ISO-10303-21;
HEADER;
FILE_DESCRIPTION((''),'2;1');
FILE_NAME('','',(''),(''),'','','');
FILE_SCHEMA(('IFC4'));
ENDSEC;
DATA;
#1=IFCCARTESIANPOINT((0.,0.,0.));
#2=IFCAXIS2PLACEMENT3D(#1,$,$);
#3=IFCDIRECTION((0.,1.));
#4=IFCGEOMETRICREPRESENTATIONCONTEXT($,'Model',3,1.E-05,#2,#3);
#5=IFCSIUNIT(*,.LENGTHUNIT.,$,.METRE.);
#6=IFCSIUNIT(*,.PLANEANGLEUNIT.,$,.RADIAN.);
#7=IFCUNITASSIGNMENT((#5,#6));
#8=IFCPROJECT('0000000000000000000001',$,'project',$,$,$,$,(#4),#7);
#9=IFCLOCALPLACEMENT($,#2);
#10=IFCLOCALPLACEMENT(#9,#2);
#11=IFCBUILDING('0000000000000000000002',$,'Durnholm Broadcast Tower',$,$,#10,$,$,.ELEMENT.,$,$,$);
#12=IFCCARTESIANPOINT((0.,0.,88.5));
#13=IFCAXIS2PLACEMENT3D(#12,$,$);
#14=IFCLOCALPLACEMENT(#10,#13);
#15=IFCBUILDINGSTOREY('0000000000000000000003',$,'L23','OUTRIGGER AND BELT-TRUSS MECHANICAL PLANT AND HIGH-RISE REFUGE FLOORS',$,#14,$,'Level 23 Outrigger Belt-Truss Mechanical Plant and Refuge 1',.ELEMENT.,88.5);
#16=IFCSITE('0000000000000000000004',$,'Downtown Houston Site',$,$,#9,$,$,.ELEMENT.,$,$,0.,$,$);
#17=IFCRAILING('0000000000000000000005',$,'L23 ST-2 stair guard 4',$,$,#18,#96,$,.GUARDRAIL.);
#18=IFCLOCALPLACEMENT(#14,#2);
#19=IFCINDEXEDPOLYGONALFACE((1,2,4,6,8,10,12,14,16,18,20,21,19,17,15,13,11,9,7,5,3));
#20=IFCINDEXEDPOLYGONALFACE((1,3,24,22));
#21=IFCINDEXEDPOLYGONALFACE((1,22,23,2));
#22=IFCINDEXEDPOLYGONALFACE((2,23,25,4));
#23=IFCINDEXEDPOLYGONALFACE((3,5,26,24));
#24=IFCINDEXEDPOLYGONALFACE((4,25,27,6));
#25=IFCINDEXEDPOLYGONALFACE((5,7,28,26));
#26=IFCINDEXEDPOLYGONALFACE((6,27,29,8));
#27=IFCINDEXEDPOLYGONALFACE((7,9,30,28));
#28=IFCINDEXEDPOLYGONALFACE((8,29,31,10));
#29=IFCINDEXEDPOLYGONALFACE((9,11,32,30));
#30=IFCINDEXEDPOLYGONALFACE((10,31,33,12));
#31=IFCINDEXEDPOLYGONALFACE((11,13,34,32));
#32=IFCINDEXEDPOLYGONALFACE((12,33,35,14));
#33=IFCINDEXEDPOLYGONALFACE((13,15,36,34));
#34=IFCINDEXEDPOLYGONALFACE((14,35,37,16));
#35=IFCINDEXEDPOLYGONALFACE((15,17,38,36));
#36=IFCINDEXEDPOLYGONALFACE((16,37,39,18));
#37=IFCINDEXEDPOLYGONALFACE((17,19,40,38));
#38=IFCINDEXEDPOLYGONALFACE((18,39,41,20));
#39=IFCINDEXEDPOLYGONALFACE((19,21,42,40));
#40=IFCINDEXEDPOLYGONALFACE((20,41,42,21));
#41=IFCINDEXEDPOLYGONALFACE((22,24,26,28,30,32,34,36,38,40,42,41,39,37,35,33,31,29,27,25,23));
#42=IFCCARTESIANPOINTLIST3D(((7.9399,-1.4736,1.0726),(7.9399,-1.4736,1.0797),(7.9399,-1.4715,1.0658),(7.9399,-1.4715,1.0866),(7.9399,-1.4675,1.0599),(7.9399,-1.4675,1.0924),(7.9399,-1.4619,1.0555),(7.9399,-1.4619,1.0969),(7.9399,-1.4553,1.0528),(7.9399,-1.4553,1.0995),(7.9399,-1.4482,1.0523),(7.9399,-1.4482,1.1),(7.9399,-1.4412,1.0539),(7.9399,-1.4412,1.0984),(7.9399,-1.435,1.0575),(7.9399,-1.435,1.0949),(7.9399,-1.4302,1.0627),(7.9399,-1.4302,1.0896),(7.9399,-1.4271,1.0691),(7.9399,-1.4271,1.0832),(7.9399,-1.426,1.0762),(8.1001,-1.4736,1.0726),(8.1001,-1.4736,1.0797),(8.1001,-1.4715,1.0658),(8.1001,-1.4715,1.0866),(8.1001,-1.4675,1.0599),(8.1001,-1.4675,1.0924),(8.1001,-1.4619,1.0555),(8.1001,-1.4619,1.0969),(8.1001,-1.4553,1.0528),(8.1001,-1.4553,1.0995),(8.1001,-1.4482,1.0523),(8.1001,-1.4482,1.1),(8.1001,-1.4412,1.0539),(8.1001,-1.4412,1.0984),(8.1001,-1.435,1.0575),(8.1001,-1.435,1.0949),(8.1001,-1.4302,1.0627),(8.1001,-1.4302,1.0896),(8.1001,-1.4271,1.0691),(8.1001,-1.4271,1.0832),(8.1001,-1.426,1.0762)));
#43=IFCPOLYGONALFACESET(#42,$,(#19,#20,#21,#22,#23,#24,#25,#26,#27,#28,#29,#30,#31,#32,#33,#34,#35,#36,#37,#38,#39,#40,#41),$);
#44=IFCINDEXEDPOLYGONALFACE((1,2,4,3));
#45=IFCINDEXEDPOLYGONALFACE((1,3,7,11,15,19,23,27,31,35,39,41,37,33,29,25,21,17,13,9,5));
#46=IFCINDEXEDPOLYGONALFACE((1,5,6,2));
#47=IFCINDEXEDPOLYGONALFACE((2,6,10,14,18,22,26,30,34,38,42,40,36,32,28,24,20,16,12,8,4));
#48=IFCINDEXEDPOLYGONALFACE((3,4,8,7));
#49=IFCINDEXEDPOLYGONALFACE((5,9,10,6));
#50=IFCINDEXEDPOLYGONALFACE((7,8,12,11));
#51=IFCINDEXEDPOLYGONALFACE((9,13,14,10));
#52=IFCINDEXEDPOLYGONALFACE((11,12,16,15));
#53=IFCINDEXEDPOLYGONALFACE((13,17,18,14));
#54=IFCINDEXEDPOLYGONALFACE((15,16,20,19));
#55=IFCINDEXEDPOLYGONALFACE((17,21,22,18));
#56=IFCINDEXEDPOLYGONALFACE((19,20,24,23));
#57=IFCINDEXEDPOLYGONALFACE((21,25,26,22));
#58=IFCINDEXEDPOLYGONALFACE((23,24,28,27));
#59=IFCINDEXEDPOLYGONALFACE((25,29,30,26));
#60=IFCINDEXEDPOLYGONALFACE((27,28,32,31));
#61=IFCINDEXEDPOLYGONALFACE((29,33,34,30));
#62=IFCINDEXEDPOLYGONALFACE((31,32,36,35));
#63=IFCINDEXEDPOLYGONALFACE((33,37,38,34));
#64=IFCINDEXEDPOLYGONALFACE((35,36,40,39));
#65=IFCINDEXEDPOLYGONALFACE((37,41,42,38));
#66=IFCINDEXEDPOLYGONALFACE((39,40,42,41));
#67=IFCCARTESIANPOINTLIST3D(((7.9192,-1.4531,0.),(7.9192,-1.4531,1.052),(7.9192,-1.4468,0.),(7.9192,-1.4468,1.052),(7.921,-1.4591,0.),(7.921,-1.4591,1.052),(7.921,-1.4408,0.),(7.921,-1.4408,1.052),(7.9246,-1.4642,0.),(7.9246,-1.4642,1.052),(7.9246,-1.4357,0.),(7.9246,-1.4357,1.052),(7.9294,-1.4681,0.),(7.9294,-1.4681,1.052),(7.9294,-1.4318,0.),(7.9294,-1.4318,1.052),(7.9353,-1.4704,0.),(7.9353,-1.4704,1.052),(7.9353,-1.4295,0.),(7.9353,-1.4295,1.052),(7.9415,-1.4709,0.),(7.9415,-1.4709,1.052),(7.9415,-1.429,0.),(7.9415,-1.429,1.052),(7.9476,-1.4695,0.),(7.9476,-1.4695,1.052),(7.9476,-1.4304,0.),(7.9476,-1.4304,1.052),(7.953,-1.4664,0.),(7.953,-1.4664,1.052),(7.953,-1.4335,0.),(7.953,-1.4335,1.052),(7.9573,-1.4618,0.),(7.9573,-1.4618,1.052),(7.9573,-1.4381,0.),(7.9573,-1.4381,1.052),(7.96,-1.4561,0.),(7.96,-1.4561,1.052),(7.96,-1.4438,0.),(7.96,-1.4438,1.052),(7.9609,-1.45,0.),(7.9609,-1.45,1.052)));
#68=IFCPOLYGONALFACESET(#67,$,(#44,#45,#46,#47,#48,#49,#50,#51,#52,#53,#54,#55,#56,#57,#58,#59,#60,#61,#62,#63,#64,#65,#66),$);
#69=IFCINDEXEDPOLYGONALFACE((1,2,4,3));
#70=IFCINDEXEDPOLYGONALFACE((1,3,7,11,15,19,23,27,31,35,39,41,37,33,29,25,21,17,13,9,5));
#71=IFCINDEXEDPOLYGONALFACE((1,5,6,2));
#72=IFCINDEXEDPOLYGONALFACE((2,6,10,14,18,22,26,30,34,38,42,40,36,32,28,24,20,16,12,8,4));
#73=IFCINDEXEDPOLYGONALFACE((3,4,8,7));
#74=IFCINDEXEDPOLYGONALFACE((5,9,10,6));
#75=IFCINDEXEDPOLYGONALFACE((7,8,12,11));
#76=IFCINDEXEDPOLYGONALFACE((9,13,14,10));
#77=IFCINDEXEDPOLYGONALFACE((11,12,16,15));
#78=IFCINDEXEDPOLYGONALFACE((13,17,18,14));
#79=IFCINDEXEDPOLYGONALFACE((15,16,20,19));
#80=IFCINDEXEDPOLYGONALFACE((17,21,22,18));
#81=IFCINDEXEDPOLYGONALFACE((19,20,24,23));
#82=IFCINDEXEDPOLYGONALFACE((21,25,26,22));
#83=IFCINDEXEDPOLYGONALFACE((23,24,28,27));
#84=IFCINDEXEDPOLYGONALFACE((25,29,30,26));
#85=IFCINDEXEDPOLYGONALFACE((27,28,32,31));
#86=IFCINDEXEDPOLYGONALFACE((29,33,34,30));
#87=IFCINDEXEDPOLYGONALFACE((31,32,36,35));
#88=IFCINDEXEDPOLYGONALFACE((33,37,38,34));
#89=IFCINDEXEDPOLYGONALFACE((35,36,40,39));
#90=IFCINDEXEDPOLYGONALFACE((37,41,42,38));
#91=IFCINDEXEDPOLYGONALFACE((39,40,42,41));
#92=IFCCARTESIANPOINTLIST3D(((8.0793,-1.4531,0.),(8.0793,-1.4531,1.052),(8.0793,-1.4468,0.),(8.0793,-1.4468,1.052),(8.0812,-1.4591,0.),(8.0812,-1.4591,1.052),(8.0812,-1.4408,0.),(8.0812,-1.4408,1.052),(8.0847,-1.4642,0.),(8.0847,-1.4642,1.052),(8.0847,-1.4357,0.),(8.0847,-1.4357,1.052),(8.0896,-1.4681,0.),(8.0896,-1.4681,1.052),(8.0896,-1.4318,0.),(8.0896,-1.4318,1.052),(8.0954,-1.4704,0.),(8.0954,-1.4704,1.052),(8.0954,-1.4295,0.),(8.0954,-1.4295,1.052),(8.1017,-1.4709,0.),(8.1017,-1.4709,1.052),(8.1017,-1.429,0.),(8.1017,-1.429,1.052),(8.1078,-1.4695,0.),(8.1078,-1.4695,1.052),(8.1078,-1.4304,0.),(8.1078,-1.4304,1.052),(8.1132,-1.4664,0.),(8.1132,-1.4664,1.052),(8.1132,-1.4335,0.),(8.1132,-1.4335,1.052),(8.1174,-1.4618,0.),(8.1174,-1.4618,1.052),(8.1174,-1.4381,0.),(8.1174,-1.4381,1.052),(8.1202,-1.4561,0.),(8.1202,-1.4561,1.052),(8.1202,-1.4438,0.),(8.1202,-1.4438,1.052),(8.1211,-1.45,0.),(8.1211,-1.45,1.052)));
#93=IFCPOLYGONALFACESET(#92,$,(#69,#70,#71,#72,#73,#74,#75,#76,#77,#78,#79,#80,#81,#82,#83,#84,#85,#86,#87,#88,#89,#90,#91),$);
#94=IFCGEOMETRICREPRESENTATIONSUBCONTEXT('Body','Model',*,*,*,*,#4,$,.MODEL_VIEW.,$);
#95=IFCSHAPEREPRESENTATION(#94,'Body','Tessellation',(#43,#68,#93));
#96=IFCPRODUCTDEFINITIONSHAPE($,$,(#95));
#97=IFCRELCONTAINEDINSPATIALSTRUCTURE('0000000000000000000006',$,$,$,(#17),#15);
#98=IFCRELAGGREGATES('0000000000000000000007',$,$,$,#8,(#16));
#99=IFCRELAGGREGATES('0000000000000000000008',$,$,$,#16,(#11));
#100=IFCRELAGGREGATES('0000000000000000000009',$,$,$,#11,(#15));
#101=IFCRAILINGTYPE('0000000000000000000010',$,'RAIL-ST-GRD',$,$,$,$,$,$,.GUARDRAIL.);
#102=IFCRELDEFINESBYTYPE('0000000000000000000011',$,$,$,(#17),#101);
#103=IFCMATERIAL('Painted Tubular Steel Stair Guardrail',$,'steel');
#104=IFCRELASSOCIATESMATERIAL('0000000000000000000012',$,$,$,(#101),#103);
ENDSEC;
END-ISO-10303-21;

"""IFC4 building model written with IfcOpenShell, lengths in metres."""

from ifc_helpers import new_model, si_unit, direction, frame, origin, origin_2d, place, context, subcontext, project, spatial, circle, extrude, material, type_object, element, save


model = new_model("IFC4")

# Units and contexts
model_context = context("Model", 3, precision=1e-05, world=origin(), true_north=direction((0.0, 1.0)))
body_context = subcontext(model_context, "Body", "Model", "MODEL_VIEW")
ifc_project = project(units=[si_unit("LENGTHUNIT", "METRE"), si_unit("PLANEANGLEUNIT", "RADIAN")], contexts=[model_context])

# Site, building, storey
site_placement = place(None, origin())
site = spatial("IfcSite", under=ifc_project, at=site_placement, Name="Downtown Houston Site", CompositionType="ELEMENT", RefElevation=0.0)
building_placement = place(site_placement, origin())
building = spatial("IfcBuilding", under=site, at=building_placement, Name="Durnholm Broadcast Tower", CompositionType="ELEMENT")
storey_placement = place(building_placement, frame((0.0, 0.0, 88.5)))
storey = spatial("IfcBuildingStorey", under=building, at=storey_placement, Name="L23", Description="OUTRIGGER AND BELT-TRUSS MECHANICAL PLANT AND HIGH-RISE REFUGE FLOORS", LongName="Level 23 Outrigger Belt-Truss Mechanical Plant and Refuge 1", CompositionType="ELEMENT", Elevation=88.5)

# Railing
ifc_material_1 = material(Name="Painted Tubular Steel Stair Guardrail", Category="steel")
railing_type_1 = type_object("IfcRailingType", Name="RAIL-ST-GRD", PredefinedType="GUARDRAIL", material=ifc_material_1)
railing_1_placement = place(storey_placement, frame((7.9399, -1.45, 0.0)))
element("IfcRailing", 1, at=railing_1_placement, inside=storey, type_object=railing_type_1, Name="L23 ST-2 stair guard 4", PredefinedType="GUARDRAIL", context=body_context, shape_type="SweptSolid", body=[
    extrude(circle(Radius=0.0239, at=origin_2d()), frame((0.0, 0.0, 1.0762), z_axis=(1.0, 0.0, 0.0), x_axis=(0.0, 1.0, 0.0)), (0.0, 0.0, 1.0), 0.1602),
    extrude(circle(Radius=0.021, at=origin_2d()), origin(), (0.0, 0.0, 1.0), 1.052),
    extrude(circle(Radius=0.021, at=origin_2d()), frame((0.1602, 0.0, 0.0)), (0.0, 0.0, 1.0), 1.052),
])

save(model, "model.ifc")
